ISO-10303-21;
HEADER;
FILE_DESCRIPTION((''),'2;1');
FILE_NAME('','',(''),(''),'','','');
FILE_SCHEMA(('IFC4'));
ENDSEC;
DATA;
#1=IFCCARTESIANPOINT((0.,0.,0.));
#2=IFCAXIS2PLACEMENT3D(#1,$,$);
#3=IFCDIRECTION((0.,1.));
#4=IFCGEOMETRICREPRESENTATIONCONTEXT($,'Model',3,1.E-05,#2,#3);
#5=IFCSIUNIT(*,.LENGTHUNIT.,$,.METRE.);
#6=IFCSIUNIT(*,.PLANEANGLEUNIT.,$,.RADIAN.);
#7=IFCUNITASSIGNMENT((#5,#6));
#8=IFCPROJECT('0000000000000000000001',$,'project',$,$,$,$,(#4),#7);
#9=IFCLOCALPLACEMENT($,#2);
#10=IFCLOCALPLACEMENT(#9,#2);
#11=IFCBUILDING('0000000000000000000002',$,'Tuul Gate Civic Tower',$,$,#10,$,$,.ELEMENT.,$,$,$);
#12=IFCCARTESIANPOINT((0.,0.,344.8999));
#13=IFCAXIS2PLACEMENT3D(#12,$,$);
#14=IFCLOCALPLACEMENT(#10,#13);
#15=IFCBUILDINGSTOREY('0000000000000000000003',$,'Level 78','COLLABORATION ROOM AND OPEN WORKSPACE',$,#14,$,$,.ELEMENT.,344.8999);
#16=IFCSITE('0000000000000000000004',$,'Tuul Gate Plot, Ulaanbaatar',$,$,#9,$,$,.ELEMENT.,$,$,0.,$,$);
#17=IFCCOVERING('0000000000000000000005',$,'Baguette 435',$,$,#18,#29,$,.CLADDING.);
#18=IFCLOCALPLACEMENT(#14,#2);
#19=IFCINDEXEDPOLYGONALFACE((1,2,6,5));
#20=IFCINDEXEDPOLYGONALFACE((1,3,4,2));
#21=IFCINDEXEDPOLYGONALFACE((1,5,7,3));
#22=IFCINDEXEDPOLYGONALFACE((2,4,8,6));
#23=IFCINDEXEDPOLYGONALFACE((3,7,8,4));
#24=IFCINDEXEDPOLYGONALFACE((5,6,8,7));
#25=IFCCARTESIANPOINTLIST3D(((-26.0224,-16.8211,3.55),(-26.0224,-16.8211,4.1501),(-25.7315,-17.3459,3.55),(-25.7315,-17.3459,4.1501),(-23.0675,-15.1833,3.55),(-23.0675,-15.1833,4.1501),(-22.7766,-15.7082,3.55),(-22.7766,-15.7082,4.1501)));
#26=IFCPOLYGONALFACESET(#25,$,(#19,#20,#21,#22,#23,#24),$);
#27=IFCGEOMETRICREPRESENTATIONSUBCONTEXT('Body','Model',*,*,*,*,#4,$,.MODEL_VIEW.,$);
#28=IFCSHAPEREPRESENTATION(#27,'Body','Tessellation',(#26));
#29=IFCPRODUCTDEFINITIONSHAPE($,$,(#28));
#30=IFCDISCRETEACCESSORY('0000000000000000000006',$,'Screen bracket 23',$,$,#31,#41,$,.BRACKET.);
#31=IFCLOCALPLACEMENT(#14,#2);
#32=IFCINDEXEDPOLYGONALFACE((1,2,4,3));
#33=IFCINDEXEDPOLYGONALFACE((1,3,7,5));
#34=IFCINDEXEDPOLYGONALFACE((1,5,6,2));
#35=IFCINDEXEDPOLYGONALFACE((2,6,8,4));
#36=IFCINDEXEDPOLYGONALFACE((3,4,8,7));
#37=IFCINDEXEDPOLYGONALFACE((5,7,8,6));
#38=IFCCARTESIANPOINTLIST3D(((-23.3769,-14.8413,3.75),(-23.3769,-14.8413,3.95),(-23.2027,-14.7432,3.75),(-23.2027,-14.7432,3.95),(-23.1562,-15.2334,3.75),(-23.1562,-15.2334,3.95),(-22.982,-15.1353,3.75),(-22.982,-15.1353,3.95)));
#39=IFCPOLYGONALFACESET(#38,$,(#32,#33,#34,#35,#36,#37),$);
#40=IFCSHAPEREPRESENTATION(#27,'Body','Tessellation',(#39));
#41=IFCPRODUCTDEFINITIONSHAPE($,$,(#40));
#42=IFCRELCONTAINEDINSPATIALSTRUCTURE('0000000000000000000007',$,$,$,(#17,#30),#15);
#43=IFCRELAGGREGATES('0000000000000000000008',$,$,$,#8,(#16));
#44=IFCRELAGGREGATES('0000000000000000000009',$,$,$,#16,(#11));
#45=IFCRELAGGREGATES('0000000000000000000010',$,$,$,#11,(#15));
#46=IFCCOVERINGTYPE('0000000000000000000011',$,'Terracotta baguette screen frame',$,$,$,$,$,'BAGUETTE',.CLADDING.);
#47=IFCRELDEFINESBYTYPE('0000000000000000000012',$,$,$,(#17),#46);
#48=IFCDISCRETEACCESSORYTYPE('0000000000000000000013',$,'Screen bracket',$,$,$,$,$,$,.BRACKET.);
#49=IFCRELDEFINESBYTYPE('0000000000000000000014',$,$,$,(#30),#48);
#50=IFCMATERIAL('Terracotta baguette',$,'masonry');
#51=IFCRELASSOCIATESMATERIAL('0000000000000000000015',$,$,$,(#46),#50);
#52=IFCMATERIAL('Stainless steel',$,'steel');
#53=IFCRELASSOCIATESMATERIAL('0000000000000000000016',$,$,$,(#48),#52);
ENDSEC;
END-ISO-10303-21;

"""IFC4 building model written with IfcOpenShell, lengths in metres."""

from ifc_helpers import new_model, si_unit, direction, frame, origin, origin_2d, place, context, subcontext, project, spatial, rectangle, extrude, material, material_profile, profile_set, type_object, element, save


model = new_model("IFC4")

# Units and contexts
model_context = context("Model", 3, precision=1e-05, world=origin(), true_north=direction((0.0, 1.0)))
body_context = subcontext(model_context, "Body", "Model", "MODEL_VIEW")
ifc_project = project(units=[si_unit("LENGTHUNIT", "METRE"), si_unit("PLANEANGLEUNIT", "RADIAN")], contexts=[model_context])

# Site, building, storey
site_placement = place(None, origin())
site = spatial("IfcSite", under=ifc_project, at=site_placement, Name="Tuul Gate Plot, Ulaanbaatar", CompositionType="ELEMENT", RefElevation=0.0)
building_placement = place(site_placement, origin())
building = spatial("IfcBuilding", under=site, at=building_placement, Name="Tuul Gate Civic Tower", CompositionType="ELEMENT")
storey_placement = place(building_placement, frame((0.0, 0.0, 344.8999)))
storey = spatial("IfcBuildingStorey", under=building, at=storey_placement, Name="Level 78", Description="COLLABORATION ROOM AND OPEN WORKSPACE", CompositionType="ELEMENT", Elevation=344.8999)

# Covering
ifc_material_1 = material(Name="Terracotta baguette", Category="masonry")
ifc_material_profile_1 = material_profile(ifc_material_1, rectangle(XDim=0.6001, YDim=0.6001, at=origin_2d()), Name="Terracotta baguette screen frame")
ifc_profile_set_1 = profile_set([ifc_material_profile_1], Name="Terracotta baguette")
covering_type = type_object("IfcCoveringType", Name="Terracotta baguette screen frame", ElementType="BAGUETTE", PredefinedType="CLADDING", material=ifc_profile_set_1)
covering_1_placement = place(storey_placement, frame((-25.877, -17.0835, 3.8501), z_axis=(0.874644, 0.484765, 0.0), x_axis=(-0.484765, 0.874644, 0.0)))
element("IfcCovering", 1, at=covering_1_placement, inside=storey, type_object=covering_type, Name="Baguette 435", PredefinedType="CLADDING", context=body_context, shape_type="SweptSolid", body=[
    extrude(rectangle(XDim=0.6001, YDim=0.6001, at=origin_2d()), origin(), (0.0, 0.0, 1.0), 3.3784),
])

# Discrete accessory
ifc_material_2 = material(Name="Stainless steel", Category="steel")
discrete_accessory_type = type_object("IfcDiscreteAccessoryType", Name="Screen bracket", PredefinedType="BRACKET", material=ifc_material_2)
discrete_accessory_placement = place(storey_placement, frame((-23.1794, -14.9883, 3.75), z_axis=(0.0, 0.0, 1.0), x_axis=(0.490458, -0.871465, 0.0)))
element("IfcDiscreteAccessory", 2, at=discrete_accessory_placement, inside=storey, type_object=discrete_accessory_type, Name="Screen bracket 23", PredefinedType="BRACKET", context=body_context, shape_type="SweptSolid", body=[
    extrude(rectangle(XDim=0.45, YDim=0.2, at=origin_2d()), origin(), (0.0, 0.0, 1.0), 0.2),
])

save(model, "model.ifc")
